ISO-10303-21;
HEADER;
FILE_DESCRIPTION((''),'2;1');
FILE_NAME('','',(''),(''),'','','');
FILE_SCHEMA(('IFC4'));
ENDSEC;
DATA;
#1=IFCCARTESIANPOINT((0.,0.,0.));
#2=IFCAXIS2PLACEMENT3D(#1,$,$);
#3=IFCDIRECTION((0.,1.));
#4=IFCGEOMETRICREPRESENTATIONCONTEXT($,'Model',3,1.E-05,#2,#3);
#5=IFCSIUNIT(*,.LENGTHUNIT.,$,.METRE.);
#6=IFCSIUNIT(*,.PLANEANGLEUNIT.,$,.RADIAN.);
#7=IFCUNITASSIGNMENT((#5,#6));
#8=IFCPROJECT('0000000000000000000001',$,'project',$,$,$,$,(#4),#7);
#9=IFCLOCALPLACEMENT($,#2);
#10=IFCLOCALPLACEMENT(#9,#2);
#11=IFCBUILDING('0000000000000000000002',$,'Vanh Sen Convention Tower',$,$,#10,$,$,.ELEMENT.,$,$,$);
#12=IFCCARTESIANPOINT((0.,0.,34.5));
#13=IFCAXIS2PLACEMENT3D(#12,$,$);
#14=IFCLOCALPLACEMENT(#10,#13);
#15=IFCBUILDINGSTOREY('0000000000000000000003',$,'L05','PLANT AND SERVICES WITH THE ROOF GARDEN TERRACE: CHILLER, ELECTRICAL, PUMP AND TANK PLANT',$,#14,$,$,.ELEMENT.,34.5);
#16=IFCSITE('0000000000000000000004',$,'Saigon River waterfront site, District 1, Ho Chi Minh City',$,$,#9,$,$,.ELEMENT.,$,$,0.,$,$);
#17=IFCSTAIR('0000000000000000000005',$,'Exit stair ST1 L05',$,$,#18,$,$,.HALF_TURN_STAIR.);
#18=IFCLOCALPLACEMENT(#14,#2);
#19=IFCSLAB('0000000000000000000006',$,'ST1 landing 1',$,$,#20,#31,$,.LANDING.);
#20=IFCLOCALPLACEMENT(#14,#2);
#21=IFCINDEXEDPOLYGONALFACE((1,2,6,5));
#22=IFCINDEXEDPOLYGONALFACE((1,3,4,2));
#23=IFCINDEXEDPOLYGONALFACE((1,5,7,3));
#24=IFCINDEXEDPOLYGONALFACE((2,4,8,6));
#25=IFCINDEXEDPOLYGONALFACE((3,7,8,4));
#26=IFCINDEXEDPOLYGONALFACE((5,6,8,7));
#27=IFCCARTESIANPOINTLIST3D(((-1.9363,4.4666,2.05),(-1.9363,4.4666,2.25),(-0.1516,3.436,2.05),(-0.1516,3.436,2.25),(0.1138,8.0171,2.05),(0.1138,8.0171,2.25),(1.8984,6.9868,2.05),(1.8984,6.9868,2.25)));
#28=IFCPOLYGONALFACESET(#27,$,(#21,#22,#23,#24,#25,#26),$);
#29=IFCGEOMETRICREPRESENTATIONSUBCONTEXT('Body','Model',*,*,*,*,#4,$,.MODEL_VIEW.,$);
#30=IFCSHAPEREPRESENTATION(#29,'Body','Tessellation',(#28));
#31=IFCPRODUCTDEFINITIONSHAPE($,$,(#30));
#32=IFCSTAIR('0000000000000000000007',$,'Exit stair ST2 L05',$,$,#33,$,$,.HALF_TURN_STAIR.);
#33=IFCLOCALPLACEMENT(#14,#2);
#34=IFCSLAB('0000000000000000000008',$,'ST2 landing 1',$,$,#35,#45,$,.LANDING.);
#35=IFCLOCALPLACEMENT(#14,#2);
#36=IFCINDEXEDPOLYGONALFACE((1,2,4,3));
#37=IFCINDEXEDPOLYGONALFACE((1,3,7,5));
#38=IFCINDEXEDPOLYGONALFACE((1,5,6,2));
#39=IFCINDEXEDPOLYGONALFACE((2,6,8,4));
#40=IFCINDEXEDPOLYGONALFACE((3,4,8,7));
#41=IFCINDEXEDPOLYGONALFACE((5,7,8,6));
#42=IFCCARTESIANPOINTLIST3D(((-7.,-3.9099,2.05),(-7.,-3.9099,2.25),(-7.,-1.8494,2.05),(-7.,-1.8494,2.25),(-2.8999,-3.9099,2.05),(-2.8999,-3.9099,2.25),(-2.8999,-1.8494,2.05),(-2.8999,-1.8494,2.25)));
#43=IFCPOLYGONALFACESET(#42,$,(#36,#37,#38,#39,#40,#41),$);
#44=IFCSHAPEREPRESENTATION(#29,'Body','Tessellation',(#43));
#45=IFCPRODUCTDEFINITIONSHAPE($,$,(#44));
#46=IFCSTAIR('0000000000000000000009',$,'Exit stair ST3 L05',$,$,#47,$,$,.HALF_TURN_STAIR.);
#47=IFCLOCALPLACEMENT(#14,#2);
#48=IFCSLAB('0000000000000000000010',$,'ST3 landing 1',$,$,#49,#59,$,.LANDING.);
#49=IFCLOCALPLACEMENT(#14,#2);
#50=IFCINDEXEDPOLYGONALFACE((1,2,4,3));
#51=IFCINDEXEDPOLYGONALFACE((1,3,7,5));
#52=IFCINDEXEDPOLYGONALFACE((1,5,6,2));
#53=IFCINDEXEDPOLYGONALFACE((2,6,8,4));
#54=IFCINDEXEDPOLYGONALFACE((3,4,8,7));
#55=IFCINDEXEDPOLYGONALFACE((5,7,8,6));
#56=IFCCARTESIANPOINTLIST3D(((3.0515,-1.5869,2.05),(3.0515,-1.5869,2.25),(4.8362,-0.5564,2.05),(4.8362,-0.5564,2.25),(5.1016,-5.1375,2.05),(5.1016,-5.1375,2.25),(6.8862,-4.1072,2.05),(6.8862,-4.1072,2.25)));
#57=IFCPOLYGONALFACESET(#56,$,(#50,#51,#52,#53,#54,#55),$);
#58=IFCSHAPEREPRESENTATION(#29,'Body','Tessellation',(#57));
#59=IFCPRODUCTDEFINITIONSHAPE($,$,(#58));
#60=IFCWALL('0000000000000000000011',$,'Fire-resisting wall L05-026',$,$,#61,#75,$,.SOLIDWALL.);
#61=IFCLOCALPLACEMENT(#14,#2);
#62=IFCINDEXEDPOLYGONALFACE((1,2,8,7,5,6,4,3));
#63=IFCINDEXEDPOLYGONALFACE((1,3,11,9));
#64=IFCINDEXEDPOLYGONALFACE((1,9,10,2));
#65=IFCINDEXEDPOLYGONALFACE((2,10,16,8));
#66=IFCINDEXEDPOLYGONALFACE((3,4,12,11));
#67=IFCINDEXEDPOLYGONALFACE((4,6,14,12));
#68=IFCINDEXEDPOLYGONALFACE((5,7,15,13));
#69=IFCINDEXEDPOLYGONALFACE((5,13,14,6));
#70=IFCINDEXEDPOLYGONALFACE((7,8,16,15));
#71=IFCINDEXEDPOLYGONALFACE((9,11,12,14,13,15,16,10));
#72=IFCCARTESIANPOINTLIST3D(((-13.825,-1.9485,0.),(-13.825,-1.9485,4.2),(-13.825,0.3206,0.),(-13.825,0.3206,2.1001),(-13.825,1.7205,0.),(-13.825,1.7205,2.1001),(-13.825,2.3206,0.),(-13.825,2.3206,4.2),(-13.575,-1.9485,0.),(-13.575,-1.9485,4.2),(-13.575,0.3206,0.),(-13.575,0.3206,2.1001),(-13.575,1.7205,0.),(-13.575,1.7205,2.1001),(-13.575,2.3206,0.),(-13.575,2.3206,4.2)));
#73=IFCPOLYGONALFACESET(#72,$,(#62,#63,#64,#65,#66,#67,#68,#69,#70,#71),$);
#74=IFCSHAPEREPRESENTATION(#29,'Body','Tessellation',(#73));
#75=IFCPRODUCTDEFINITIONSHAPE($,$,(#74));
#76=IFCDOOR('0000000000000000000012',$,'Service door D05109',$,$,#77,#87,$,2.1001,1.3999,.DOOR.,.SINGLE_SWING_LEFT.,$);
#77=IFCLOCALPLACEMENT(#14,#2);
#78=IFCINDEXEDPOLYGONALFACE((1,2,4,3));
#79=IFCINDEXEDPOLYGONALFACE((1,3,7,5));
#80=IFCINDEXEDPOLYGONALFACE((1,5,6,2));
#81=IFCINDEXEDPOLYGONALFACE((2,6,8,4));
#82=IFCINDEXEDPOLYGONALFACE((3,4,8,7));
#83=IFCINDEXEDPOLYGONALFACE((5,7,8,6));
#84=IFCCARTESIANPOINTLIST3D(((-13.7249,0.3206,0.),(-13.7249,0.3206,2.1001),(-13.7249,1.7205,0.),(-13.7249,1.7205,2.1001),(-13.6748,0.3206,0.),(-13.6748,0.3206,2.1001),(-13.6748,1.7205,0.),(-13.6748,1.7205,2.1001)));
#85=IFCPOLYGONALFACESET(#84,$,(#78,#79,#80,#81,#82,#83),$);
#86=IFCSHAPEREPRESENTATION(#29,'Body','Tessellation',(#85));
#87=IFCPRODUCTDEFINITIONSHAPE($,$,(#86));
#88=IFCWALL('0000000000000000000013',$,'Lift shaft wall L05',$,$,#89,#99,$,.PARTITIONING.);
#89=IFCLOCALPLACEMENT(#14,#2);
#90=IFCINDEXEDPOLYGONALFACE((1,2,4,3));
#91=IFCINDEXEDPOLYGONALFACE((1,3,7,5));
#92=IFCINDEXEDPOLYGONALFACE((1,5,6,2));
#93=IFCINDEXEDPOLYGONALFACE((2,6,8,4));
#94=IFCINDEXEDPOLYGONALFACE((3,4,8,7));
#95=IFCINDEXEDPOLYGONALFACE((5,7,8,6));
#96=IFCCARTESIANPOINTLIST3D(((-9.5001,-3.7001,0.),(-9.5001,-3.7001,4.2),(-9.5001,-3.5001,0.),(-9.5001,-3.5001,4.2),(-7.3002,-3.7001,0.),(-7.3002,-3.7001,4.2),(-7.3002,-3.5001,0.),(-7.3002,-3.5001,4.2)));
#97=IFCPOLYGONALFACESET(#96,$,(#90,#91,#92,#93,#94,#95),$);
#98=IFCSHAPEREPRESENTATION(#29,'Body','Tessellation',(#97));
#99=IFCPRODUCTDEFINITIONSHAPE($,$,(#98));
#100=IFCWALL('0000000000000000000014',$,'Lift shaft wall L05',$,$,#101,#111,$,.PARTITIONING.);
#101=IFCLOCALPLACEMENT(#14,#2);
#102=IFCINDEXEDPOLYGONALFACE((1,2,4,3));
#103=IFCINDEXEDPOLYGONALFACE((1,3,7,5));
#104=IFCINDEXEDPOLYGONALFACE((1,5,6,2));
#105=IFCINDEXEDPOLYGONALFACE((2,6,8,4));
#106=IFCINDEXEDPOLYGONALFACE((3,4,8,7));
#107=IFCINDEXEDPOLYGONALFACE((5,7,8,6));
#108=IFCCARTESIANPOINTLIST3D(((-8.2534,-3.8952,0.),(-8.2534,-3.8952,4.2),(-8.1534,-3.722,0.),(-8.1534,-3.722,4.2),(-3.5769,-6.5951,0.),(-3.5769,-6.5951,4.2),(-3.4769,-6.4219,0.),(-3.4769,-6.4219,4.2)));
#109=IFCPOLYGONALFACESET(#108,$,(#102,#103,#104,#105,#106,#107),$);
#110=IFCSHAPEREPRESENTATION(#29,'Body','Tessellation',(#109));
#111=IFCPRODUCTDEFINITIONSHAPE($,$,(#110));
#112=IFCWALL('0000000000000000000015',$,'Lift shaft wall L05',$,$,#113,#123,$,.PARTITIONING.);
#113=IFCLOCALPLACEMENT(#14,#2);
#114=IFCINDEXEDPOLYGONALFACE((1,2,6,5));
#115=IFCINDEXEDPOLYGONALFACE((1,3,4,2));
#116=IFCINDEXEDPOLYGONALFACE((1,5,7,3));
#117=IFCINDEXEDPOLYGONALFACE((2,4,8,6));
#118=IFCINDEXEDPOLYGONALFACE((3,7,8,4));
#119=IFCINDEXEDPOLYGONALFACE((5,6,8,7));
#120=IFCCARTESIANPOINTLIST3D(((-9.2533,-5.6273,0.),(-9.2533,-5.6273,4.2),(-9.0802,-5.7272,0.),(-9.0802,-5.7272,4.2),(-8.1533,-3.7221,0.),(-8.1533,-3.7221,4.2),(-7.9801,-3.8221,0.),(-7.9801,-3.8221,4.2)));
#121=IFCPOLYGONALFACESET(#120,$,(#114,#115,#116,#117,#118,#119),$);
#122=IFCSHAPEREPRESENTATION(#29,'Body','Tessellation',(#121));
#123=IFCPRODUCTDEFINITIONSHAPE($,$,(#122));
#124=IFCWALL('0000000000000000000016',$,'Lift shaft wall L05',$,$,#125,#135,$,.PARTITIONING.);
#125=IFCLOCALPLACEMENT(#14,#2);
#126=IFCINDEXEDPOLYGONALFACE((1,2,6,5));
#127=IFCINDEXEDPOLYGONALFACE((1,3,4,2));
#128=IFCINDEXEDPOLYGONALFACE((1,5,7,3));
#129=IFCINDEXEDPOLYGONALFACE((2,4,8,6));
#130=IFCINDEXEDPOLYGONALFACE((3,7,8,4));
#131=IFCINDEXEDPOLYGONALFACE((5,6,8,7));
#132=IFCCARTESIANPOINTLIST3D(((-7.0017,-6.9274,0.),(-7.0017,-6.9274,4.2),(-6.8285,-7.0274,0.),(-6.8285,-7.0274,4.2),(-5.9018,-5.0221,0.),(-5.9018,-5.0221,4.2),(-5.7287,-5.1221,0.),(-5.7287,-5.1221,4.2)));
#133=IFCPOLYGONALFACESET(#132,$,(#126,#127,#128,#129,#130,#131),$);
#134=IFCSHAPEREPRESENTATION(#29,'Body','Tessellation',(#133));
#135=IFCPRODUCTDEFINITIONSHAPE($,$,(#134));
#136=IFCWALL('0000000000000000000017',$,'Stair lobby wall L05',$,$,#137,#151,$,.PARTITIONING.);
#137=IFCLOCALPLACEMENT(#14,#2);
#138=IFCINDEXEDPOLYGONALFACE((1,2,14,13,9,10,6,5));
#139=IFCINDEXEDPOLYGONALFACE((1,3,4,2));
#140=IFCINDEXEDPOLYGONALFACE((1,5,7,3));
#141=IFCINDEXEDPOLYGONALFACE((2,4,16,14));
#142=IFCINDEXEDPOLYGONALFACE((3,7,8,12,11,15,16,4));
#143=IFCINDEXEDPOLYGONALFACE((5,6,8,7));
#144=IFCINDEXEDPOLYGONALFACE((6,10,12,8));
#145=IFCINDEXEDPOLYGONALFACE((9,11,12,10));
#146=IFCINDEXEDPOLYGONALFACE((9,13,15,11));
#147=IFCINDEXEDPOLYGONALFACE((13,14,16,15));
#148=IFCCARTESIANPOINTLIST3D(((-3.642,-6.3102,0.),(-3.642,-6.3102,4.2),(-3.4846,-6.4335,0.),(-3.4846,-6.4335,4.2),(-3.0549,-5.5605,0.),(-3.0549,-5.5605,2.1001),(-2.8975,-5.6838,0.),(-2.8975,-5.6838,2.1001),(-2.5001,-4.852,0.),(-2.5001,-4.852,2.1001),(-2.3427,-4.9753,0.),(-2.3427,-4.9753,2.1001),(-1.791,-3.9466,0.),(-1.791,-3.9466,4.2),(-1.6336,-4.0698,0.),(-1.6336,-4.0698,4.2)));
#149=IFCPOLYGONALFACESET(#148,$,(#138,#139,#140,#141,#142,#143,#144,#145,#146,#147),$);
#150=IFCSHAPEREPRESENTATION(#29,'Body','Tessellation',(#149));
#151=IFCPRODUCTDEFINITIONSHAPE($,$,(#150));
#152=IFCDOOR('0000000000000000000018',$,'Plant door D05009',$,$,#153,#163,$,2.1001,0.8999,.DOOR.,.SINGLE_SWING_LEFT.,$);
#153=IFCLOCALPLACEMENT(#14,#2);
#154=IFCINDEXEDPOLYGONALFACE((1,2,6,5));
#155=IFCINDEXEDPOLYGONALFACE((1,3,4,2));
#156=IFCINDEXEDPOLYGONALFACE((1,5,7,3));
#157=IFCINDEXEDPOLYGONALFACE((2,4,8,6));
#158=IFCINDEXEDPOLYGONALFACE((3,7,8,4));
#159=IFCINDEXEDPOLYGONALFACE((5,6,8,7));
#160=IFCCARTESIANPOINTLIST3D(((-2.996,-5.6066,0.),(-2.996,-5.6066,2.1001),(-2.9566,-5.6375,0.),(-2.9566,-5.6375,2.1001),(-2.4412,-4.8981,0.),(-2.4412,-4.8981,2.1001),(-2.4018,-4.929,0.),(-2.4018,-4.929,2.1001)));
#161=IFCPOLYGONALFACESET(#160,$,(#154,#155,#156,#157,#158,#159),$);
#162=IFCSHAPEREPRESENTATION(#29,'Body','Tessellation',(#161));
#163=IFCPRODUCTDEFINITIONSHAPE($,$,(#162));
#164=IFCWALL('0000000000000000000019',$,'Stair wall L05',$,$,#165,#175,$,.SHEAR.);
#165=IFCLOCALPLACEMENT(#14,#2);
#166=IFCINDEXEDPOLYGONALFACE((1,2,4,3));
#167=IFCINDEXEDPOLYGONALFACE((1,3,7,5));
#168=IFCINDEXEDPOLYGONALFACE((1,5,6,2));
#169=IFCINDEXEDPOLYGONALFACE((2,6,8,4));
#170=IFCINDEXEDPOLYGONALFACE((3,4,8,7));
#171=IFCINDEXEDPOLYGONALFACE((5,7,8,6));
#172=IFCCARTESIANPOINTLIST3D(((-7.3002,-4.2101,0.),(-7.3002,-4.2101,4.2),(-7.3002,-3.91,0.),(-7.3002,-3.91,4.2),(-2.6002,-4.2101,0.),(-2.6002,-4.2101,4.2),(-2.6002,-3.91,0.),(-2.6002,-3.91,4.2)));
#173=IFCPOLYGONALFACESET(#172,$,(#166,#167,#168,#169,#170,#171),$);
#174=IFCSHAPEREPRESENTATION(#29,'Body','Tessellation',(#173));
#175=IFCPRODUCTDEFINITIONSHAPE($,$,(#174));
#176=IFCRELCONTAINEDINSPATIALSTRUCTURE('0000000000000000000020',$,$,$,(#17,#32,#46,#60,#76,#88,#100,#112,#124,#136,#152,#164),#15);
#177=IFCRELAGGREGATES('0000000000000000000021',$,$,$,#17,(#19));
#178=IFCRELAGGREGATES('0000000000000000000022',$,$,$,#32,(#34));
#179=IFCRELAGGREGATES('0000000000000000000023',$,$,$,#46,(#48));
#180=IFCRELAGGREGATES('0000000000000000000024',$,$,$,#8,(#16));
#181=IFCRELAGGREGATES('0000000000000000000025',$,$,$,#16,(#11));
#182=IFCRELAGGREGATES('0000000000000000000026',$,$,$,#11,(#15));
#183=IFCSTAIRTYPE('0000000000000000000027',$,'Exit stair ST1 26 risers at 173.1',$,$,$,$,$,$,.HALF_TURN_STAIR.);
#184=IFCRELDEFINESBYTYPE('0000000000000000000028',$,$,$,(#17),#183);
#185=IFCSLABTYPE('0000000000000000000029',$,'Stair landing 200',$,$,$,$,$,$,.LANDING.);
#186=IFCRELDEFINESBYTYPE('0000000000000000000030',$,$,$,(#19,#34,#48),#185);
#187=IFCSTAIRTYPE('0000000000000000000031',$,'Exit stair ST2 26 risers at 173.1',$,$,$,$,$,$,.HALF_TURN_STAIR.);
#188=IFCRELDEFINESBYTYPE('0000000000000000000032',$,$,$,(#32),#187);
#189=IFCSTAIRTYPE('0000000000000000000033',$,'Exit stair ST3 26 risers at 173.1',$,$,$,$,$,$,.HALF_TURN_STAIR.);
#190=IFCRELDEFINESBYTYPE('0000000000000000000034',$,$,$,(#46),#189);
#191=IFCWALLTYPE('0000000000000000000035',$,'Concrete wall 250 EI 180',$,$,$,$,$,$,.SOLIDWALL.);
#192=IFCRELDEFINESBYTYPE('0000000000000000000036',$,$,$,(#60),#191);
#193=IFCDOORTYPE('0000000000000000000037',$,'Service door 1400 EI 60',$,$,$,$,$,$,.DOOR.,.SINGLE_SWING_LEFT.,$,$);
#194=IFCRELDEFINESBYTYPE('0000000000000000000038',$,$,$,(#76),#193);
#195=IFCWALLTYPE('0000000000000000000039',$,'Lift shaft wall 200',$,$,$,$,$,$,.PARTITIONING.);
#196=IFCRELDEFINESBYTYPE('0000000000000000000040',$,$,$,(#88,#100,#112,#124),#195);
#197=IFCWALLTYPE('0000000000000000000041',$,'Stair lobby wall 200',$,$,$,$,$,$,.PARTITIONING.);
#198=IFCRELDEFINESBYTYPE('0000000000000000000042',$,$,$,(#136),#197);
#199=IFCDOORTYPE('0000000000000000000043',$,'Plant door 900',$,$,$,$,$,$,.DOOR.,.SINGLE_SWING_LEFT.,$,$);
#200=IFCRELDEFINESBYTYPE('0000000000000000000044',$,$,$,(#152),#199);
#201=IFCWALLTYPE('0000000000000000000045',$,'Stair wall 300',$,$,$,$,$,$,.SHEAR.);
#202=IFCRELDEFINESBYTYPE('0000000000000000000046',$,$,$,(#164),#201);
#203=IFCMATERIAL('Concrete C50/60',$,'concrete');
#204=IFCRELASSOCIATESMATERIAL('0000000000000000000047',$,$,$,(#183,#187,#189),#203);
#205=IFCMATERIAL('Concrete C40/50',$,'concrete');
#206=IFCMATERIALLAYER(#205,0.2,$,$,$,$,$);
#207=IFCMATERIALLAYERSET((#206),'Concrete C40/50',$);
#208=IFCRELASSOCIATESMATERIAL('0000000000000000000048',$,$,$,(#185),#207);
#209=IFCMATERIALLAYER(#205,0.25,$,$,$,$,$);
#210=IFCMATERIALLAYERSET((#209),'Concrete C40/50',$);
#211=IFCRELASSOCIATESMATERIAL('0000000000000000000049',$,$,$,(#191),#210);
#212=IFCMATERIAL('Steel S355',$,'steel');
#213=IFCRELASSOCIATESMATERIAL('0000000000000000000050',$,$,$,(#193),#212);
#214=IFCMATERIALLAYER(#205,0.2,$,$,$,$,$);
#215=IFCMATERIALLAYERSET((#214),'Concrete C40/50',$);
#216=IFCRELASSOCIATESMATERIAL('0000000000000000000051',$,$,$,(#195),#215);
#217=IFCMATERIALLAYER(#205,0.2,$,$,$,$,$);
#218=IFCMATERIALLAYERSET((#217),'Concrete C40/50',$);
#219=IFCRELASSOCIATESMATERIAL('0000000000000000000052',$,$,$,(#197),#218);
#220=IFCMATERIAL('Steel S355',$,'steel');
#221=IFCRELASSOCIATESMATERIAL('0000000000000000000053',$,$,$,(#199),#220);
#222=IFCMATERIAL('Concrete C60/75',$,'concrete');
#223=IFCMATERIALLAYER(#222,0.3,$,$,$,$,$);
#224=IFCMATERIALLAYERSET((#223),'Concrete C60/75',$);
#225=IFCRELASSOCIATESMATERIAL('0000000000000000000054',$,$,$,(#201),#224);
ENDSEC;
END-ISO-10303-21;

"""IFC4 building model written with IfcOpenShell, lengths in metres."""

from ifc_helpers import new_model, si_unit, direction, frame, frame_2d, origin, place, context, subcontext, project, spatial, polyline, rectangle, outline, extrude, material, layer, layer_set, type_object, element, fill, aggregate, save


model = new_model("IFC4")

# Units and contexts
model_context = context("Model", 3, precision=1e-05, world=origin(), true_north=direction((0.0, 1.0)))
body_context = subcontext(model_context, "Body", "Model", "MODEL_VIEW")
ifc_project = project(units=[si_unit("LENGTHUNIT", "METRE"), si_unit("PLANEANGLEUNIT", "RADIAN")], contexts=[model_context])

# Site, building, storey
site_placement = place(None, origin())
site = spatial("IfcSite", under=ifc_project, at=site_placement, Name="Saigon River waterfront site, District 1, Ho Chi Minh City", CompositionType="ELEMENT", RefElevation=0.0)
building_placement = place(site_placement, origin())
building = spatial("IfcBuilding", under=site, at=building_placement, Name="Vanh Sen Convention Tower", CompositionType="ELEMENT")
storey_placement = place(building_placement, frame((0.0, 0.0, 34.5)))
storey = spatial("IfcBuildingStorey", under=building, at=storey_placement, Name="L05", Description="PLANT AND SERVICES WITH THE ROOF GARDEN TERRACE: CHILLER, ELECTRICAL, PUMP AND TANK PLANT", CompositionType="ELEMENT", Elevation=34.5)

# Shared definitions
ifc_material_1 = material(Name="Concrete C40/50", Category="concrete")

# Stairs, slabs
ifc_material_2 = material(Name="Concrete C50/60", Category="concrete")
stair_type_1 = type_object("IfcStairType", Name="Exit stair ST1 26 risers at 173.1", PredefinedType="HALF_TURN_STAIR", material=ifc_material_2)
stair_1_placement = place(storey_placement, origin())
stair_1 = element("IfcStair", 1, at=stair_1_placement, inside=storey, type_object=stair_type_1, Name="Exit stair ST1 L05", PredefinedType="HALF_TURN_STAIR")
ifc_layer_1 = layer(ifc_material_1, 0.2)
ifc_layer_set_1 = layer_set([ifc_layer_1], Name="Concrete C40/50")
slab_type_1 = type_object("IfcSlabType", Name="Stair landing 200", PredefinedType="LANDING", material=ifc_layer_set_1)
slab_1_placement = place(storey_placement, frame((0.0, 0.0, 2.05)))
slab_1 = element("IfcSlab", 2, at=slab_1_placement, type_object=slab_type_1, Name="ST1 landing 1", PredefinedType="LANDING", context=body_context, shape_type="SweptSolid", body=[
    extrude(outline(polyline([(1.8984, 6.9868), (0.1138, 8.0171), (-1.9363, 4.4666), (-0.1516, 3.436), (1.8984, 6.9868)])), origin(), (0.0, 0.0, 1.0), 0.2),
])
aggregate(stair_1, [slab_1])
stair_type_2 = type_object("IfcStairType", Name="Exit stair ST2 26 risers at 173.1", PredefinedType="HALF_TURN_STAIR", material=ifc_material_2)
stair_2_placement = place(storey_placement, origin())
stair_2 = element("IfcStair", 3, at=stair_2_placement, inside=storey, type_object=stair_type_2, Name="Exit stair ST2 L05", PredefinedType="HALF_TURN_STAIR")
slab_2_placement = place(storey_placement, frame((0.0, 0.0, 2.05)))
slab_2 = element("IfcSlab", 4, at=slab_2_placement, type_object=slab_type_1, Name="ST2 landing 1", PredefinedType="LANDING", context=body_context, shape_type="SweptSolid", body=[
    extrude(outline(polyline([(-7.0, -1.8494), (-7.0, -3.9099), (-2.8999, -3.9099), (-2.8999, -1.8494), (-7.0, -1.8494)])), origin(), (0.0, 0.0, 1.0), 0.2),
])
aggregate(stair_2, [slab_2])
stair_type_3 = type_object("IfcStairType", Name="Exit stair ST3 26 risers at 173.1", PredefinedType="HALF_TURN_STAIR", material=ifc_material_2)
stair_3_placement = place(storey_placement, origin())
stair_3 = element("IfcStair", 5, at=stair_3_placement, inside=storey, type_object=stair_type_3, Name="Exit stair ST3 L05", PredefinedType="HALF_TURN_STAIR")
slab_3_placement = place(storey_placement, frame((0.0, 0.0, 2.05)))
slab_3 = element("IfcSlab", 6, at=slab_3_placement, type_object=slab_type_1, Name="ST3 landing 1", PredefinedType="LANDING", context=body_context, shape_type="SweptSolid", body=[
    extrude(outline(polyline([(5.1016, -5.1375), (6.8862, -4.1072), (4.8362, -0.5564), (3.0515, -1.5869), (5.1016, -5.1375)])), origin(), (0.0, 0.0, 1.0), 0.2),
])
aggregate(stair_3, [slab_3])

# Wall, opening, door
ifc_layer_2 = layer(ifc_material_1, 0.25)
ifc_layer_set_2 = layer_set([ifc_layer_2], Name="Concrete C40/50")
wall_type_1 = type_object("IfcWallType", Name="Concrete wall 250 EI 180", PredefinedType="SOLIDWALL", material=ifc_layer_set_2)
wall_1_placement = place(storey_placement, frame((-13.7, -1.9485, 0.0), z_axis=(0.0, 0.0, 1.0), x_axis=(0.0, 1.0, 0.0)))
wall_1 = element("IfcWall", 7, at=wall_1_placement, inside=storey, type_object=wall_type_1, Name="Fire-resisting wall L05-026", PredefinedType="SOLIDWALL", context=body_context, shape_type="SweptSolid", body=[
    extrude(rectangle(XDim=4.269, YDim=0.25, at=frame_2d((2.1345, 0.0))), origin(), (0.0, 0.0, 1.0), 4.2),
])
opening_1_placement = place(wall_1_placement, frame((2.269, 0.0, 0.0)))
opening_1 = element("IfcOpeningElement", 8, at=opening_1_placement, cuts=wall_1, PredefinedType="OPENING", context=body_context, shape_type="SweptSolid", body=[
    extrude(rectangle(XDim=1.3999, YDim=2.1001, at=frame_2d((0.7, 1.05))), frame((0.0, 0.135, 0.0), z_axis=(0.0, -1.0, 0.0), x_axis=(1.0, 0.0, 0.0)), (0.0, 0.0, 1.0), 0.27),
])
ifc_material_3 = material(Name="Steel S355", Category="steel")
door_type_1 = type_object("IfcDoorType", Name="Service door 1400 EI 60", OperationType="SINGLE_SWING_LEFT", PredefinedType="DOOR", material=ifc_material_3)
door_1_placement = place(opening_1_placement, origin())
door_1 = element("IfcDoor", 9, at=door_1_placement, inside=storey, type_object=door_type_1, Name="Service door D05109", OperationType="SINGLE_SWING_LEFT", OverallHeight=2.1001, OverallWidth=1.3999, PredefinedType="DOOR", context=body_context, shape_type="SweptSolid", body=[
    extrude(rectangle(XDim=1.3999, YDim=2.1001, at=frame_2d((0.7, 1.05))), frame((0.0, 0.0249, 0.0), z_axis=(0.0, -1.0, 0.0), x_axis=(1.0, 0.0, 0.0)), (0.0, 0.0, 1.0), 0.05),
])
fill(opening_1, door_1)

# Walls
ifc_layer_3 = layer(ifc_material_1, 0.2)
ifc_layer_set_3 = layer_set([ifc_layer_3], Name="Concrete C40/50")
wall_type_2 = type_object("IfcWallType", Name="Lift shaft wall 200", PredefinedType="PARTITIONING", material=ifc_layer_set_3)
wall_2_placement = place(storey_placement, frame((-7.3, -3.6001, 0.0), z_axis=(0.0, 0.0, 1.0), x_axis=(-1.0, 0.0, 0.0)))
element("IfcWall", 10, at=wall_2_placement, inside=storey, type_object=wall_type_2, Name="Lift shaft wall L05", PredefinedType="PARTITIONING", context=body_context, shape_type="SweptSolid", body=[
    extrude(rectangle(XDim=2.2, YDim=0.2, at=frame_2d((1.1001, 0.0))), origin(), (0.0, 0.0, 1.0), 4.2),
])
wall_3_placement = place(storey_placement, frame((-8.2034, -3.8086, 0.0), z_axis=(0.0, 0.0, 1.0), x_axis=(0.866028, -0.499995, 0.0)))
element("IfcWall", 11, at=wall_3_placement, inside=storey, type_object=wall_type_2, Name="Lift shaft wall L05", PredefinedType="PARTITIONING", context=body_context, shape_type="SweptSolid", body=[
    extrude(rectangle(XDim=5.3999, YDim=0.2, at=frame_2d((2.7, 0.0))), origin(), (0.0, 0.0, 1.0), 4.2),
])
for number, where, z_axis, x_axis, name in (
    (12, (-8.0667, -3.772, 0.0), (0.0, 0.0, 1.0), (-0.50003, -0.866008, 0.0), "Lift shaft wall L05"),
    (13, (-5.8152, -5.072, 0.0), (0.0, 0.0, 1.0), (-0.499947, -0.866056, 0.0), "Lift shaft wall L05"),
):
    element("IfcWall", number, at=place(storey_placement, frame(where, z_axis=z_axis, x_axis=x_axis)), inside=storey, type_object=wall_type_2, Name=name, PredefinedType="PARTITIONING", context=body_context, shape_type="SweptSolid", body=[
        extrude(rectangle(XDim=2.2, YDim=0.2, at=frame_2d((1.1001, 0.0))), origin(), (0.0, 0.0, 1.0), 4.2),
    ])

# Wall, opening, door
ifc_layer_4 = layer(ifc_material_1, 0.2)
ifc_layer_set_4 = layer_set([ifc_layer_4], Name="Concrete C40/50")
wall_type_3 = type_object("IfcWallType", Name="Stair lobby wall 200", PredefinedType="PARTITIONING", material=ifc_layer_set_4)
wall_4_placement = place(storey_placement, frame((-1.7124, -4.0083, 0.0), z_axis=(0.0, 0.0, 1.0), x_axis=(-0.616549, -0.787316, 0.0)))
wall_4 = element("IfcWall", 14, at=wall_4_placement, inside=storey, type_object=wall_type_3, Name="Stair lobby wall L05", PredefinedType="PARTITIONING", context=body_context, shape_type="SweptSolid", body=[
    extrude(rectangle(XDim=3.0022, YDim=0.2, at=frame_2d((1.501, 0.0))), origin(), (0.0, 0.0, 1.0), 4.2),
])
opening_2_placement = place(wall_4_placement, frame((1.1499, 0.0, 0.0)))
opening_2 = element("IfcOpeningElement", 15, at=opening_2_placement, cuts=wall_4, PredefinedType="OPENING", context=body_context, shape_type="SweptSolid", body=[
    extrude(rectangle(XDim=0.8999, YDim=2.1001, at=frame_2d((0.45, 1.05))), frame((0.0, 0.1099, 0.0), z_axis=(0.0, -1.0, 0.0), x_axis=(1.0, 0.0, 0.0)), (0.0, 0.0, 1.0), 0.22),
])
ifc_material_4 = material(Name="Steel S355", Category="steel")
door_type_2 = type_object("IfcDoorType", Name="Plant door 900", OperationType="SINGLE_SWING_LEFT", PredefinedType="DOOR", material=ifc_material_4)
door_2_placement = place(opening_2_placement, origin())
door_2 = element("IfcDoor", 16, at=door_2_placement, inside=storey, type_object=door_type_2, Name="Plant door D05009", OperationType="SINGLE_SWING_LEFT", OverallHeight=2.1001, OverallWidth=0.8999, PredefinedType="DOOR", context=body_context, shape_type="SweptSolid", body=[
    extrude(rectangle(XDim=0.8999, YDim=2.1001, at=frame_2d((0.45, 1.05))), frame((0.0, 0.0249, 0.0), z_axis=(0.0, -1.0, 0.0), x_axis=(1.0, 0.0, 0.0)), (0.0, 0.0, 1.0), 0.05),
])
fill(opening_2, door_2)

# Wall
ifc_material_5 = material(Name="Concrete C60/75", Category="concrete")
ifc_layer_5 = layer(ifc_material_5, 0.3)
ifc_layer_set_5 = layer_set([ifc_layer_5], Name="Concrete C60/75")
wall_type_4 = type_object("IfcWallType", Name="Stair wall 300", PredefinedType="SHEAR", material=ifc_layer_set_5)
wall_5_placement = place(storey_placement, frame((-2.6001, -4.0601, 0.0), z_axis=(0.0, 0.0, 1.0), x_axis=(-1.0, 0.0, 0.0)))
element("IfcWall", 17, at=wall_5_placement, inside=storey, type_object=wall_type_4, Name="Stair wall L05", PredefinedType="SHEAR", context=body_context, shape_type="SweptSolid", body=[
    extrude(rectangle(XDim=4.7, YDim=0.3, at=frame_2d((2.3501, 0.0))), origin(), (0.0, 0.0, 1.0), 4.2),
])

save(model, "model.ifc")
